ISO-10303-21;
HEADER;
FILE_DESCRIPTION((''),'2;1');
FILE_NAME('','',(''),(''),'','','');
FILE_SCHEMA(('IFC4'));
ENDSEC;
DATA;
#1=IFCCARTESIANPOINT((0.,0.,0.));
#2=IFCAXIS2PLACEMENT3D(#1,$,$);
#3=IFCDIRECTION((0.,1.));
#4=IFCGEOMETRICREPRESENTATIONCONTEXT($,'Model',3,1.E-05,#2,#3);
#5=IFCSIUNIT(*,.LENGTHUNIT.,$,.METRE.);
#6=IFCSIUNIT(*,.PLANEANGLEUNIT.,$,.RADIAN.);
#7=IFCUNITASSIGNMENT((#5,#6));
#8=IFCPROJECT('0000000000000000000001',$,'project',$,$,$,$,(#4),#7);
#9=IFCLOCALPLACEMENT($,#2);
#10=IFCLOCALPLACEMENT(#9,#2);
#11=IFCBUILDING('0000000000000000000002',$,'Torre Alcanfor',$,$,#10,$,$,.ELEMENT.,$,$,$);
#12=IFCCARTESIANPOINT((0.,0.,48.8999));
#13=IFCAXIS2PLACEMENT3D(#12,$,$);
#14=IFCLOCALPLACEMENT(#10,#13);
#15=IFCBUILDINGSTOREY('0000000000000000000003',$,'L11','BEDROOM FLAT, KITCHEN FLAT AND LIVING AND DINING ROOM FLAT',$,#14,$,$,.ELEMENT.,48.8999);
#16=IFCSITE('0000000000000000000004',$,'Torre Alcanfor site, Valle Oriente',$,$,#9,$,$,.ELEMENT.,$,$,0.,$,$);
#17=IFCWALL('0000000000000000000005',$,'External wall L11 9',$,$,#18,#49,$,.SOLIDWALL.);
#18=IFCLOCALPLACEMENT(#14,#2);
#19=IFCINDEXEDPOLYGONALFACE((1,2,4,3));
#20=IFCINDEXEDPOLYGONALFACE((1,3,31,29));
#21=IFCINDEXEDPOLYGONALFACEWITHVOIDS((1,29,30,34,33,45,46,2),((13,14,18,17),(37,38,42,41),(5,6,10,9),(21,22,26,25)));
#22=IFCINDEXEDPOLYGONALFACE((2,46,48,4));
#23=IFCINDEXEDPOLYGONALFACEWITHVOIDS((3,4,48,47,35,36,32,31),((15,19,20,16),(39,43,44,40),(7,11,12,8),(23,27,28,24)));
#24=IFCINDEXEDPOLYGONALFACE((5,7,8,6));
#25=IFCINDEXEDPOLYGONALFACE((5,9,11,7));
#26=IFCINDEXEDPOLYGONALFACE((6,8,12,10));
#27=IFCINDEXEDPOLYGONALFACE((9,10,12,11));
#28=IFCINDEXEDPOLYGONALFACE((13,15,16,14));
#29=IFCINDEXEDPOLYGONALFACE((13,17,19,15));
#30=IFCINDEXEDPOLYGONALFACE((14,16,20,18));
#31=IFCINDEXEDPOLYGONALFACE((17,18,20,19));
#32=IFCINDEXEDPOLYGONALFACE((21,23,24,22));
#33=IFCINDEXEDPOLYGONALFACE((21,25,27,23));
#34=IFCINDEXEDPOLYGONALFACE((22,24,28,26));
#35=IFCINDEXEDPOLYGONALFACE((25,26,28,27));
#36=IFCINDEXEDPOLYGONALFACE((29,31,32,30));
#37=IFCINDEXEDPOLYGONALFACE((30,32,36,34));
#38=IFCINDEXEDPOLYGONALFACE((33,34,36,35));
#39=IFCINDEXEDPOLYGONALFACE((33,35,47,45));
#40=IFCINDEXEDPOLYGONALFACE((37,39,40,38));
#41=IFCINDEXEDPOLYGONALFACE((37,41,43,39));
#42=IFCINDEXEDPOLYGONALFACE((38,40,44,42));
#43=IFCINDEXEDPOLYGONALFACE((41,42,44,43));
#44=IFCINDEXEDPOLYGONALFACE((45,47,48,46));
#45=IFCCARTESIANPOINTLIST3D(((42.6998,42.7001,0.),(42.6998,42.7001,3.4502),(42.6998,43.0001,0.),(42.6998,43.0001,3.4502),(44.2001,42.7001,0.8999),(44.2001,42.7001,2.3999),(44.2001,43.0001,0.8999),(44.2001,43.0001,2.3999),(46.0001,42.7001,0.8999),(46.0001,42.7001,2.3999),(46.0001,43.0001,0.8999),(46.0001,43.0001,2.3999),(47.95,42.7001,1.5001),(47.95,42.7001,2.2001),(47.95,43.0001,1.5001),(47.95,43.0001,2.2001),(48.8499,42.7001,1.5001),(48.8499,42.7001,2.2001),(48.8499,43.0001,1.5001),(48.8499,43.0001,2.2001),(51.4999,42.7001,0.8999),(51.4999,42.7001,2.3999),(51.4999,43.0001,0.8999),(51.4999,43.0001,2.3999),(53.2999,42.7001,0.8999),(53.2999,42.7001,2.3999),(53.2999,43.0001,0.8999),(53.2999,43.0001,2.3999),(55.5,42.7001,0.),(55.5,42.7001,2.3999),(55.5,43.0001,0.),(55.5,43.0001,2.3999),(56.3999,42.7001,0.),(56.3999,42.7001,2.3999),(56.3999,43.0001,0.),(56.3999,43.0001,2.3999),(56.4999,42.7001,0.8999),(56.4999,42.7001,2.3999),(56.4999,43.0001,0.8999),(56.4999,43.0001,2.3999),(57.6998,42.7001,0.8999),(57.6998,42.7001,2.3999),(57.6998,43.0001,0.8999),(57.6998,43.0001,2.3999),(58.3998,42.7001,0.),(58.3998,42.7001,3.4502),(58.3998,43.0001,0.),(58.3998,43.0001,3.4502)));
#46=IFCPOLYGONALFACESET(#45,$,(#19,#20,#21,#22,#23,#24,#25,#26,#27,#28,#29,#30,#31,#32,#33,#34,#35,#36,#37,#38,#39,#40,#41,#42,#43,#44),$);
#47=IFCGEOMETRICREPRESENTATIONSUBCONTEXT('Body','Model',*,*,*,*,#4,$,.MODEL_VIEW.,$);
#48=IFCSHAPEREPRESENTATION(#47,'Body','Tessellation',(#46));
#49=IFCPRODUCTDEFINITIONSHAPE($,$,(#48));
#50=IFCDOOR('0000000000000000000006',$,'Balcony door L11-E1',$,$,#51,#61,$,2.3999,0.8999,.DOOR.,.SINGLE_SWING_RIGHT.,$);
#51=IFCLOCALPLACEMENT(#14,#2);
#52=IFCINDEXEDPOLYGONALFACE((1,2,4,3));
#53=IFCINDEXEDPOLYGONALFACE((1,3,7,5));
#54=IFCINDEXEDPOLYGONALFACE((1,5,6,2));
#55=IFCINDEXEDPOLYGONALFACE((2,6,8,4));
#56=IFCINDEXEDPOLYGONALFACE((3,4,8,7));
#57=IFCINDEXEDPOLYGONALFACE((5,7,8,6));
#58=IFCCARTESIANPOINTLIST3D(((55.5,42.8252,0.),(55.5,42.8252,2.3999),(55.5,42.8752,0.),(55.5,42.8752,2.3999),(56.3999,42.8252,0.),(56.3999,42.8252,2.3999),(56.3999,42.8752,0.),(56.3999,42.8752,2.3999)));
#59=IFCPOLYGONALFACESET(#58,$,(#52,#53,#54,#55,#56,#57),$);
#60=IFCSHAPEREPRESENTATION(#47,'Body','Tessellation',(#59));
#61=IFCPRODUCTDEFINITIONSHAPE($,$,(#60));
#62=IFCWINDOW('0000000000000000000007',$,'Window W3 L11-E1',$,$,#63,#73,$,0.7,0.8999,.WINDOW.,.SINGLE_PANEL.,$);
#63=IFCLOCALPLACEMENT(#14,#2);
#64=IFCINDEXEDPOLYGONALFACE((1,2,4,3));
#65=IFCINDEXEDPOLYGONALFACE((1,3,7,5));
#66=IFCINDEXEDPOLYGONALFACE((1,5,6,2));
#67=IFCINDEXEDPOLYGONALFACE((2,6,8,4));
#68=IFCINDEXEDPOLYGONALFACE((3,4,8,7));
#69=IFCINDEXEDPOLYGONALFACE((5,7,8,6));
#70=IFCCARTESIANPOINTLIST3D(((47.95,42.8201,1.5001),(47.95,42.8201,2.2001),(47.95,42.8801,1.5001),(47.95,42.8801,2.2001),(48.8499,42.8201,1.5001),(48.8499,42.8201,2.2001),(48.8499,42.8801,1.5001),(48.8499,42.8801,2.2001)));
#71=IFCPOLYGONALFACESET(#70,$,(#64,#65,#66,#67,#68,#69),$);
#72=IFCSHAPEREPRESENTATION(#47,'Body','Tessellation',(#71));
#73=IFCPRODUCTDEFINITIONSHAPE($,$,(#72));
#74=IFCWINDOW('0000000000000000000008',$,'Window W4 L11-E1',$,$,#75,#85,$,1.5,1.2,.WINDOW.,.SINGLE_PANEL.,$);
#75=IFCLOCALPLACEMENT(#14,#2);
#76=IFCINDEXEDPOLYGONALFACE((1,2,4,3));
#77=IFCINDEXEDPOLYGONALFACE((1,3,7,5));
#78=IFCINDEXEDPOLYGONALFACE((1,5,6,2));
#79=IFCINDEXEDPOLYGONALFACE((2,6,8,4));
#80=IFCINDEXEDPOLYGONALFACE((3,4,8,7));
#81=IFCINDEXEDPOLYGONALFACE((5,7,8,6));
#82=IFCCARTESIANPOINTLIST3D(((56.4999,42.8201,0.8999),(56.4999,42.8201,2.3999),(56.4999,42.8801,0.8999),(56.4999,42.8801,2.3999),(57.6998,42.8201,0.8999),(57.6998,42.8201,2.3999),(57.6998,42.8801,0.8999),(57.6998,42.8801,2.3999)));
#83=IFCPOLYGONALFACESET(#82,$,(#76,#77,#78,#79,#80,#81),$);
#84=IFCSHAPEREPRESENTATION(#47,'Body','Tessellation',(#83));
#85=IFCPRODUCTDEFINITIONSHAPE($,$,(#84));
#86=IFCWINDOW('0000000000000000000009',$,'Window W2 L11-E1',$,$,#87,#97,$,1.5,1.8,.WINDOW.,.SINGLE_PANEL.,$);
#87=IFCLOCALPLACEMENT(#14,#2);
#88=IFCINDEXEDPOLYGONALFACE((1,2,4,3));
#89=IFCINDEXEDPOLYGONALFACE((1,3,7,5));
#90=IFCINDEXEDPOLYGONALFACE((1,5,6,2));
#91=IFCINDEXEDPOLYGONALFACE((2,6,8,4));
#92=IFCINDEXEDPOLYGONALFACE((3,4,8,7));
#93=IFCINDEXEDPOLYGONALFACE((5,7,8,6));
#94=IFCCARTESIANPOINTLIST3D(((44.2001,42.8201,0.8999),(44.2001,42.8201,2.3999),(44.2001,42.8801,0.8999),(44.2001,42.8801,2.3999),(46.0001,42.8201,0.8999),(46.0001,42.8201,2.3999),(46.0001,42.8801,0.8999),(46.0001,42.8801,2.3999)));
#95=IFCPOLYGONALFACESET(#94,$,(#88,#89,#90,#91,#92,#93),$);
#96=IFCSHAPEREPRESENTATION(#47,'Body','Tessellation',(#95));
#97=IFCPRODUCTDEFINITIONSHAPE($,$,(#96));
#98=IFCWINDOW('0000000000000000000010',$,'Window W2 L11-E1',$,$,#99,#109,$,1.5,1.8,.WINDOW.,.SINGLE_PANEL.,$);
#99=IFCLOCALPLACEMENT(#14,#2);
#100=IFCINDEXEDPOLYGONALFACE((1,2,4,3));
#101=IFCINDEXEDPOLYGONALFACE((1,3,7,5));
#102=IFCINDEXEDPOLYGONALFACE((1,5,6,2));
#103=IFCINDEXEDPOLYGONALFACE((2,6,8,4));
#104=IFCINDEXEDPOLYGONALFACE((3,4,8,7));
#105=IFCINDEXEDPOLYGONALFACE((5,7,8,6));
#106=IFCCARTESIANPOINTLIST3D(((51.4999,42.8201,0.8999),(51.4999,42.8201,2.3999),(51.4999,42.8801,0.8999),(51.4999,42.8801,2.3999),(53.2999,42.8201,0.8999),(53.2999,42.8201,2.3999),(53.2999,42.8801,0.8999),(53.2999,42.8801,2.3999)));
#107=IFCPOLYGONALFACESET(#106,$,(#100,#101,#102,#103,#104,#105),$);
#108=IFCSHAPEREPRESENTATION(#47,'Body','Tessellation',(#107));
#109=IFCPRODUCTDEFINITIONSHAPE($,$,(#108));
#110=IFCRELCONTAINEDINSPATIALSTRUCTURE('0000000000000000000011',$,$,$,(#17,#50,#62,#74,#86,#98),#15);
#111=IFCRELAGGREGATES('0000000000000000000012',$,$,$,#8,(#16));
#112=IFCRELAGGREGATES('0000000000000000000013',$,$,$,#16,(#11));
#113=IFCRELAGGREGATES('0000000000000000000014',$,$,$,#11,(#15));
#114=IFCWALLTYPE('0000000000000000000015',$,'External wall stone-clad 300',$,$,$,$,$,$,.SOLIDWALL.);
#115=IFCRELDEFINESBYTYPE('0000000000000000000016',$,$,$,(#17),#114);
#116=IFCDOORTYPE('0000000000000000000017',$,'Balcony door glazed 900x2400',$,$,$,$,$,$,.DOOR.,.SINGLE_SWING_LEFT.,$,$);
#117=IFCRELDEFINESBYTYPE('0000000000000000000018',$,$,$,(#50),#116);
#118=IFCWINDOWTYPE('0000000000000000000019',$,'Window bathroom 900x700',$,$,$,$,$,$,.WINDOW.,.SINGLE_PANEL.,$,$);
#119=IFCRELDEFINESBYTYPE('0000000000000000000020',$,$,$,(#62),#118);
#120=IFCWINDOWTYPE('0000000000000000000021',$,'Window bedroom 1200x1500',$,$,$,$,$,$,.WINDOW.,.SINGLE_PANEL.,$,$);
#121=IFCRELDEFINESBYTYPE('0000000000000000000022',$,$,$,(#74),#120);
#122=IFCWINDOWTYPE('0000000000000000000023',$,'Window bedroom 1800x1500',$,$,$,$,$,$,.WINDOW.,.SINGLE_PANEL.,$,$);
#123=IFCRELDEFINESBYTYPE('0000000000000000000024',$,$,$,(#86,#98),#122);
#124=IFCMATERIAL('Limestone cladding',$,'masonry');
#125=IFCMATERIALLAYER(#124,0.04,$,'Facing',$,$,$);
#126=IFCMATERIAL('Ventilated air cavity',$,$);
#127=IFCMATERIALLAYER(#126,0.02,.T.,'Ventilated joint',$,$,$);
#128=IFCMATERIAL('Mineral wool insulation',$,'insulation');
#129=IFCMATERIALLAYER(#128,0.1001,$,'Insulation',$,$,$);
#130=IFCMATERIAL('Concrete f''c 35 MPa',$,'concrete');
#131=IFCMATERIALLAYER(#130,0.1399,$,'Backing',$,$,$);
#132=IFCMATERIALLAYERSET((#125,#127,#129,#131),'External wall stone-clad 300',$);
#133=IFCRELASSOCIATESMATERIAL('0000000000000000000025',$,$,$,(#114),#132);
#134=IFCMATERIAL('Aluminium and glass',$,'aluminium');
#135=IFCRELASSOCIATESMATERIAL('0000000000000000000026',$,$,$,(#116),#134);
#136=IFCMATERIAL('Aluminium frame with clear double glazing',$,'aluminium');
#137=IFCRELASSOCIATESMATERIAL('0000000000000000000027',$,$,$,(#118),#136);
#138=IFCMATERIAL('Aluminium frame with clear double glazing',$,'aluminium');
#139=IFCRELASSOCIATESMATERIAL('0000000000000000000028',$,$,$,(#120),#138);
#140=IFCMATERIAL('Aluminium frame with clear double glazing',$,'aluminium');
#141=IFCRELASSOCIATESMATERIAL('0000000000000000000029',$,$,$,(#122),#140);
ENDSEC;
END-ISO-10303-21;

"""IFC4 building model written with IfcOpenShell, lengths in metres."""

from ifc_helpers import new_model, si_unit, direction, frame, frame_2d, origin, place, context, subcontext, project, spatial, rectangle, extrude, material, layer, layer_set, type_object, element, fill, save


model = new_model("IFC4")

# Units and contexts
model_context = context("Model", 3, precision=1e-05, world=origin(), true_north=direction((0.0, 1.0)))
body_context = subcontext(model_context, "Body", "Model", "MODEL_VIEW")
ifc_project = project(units=[si_unit("LENGTHUNIT", "METRE"), si_unit("PLANEANGLEUNIT", "RADIAN")], contexts=[model_context])

# Site, building, storey
site_placement = place(None, origin())
site = spatial("IfcSite", under=ifc_project, at=site_placement, Name="Torre Alcanfor site, Valle Oriente", CompositionType="ELEMENT", RefElevation=0.0)
building_placement = place(site_placement, origin())
building = spatial("IfcBuilding", under=site, at=building_placement, Name="Torre Alcanfor", CompositionType="ELEMENT")
storey_placement = place(building_placement, frame((0.0, 0.0, 48.8999)))
storey = spatial("IfcBuildingStorey", under=building, at=storey_placement, Name="L11", Description="BEDROOM FLAT, KITCHEN FLAT AND LIVING AND DINING ROOM FLAT", CompositionType="ELEMENT", Elevation=48.8999)

# Wall, openings, door, windows
ifc_material_1 = material(Name="Limestone cladding", Category="masonry")
ifc_layer_1 = layer(ifc_material_1, 0.04, Name="Facing")
ifc_material_2 = material(Name="Ventilated air cavity")
ifc_layer_2 = layer(ifc_material_2, 0.02, ventilated=True, Name="Ventilated joint")
ifc_material_3 = material(Name="Mineral wool insulation", Category="insulation")
ifc_layer_3 = layer(ifc_material_3, 0.1001, Name="Insulation")
ifc_material_4 = material(Name="Concrete f'c 35 MPa", Category="concrete")
ifc_layer_4 = layer(ifc_material_4, 0.1399, Name="Backing")
ifc_layer_set_1 = layer_set([ifc_layer_1, ifc_layer_2, ifc_layer_3, ifc_layer_4], Name="External wall stone-clad 300")
wall_type_1 = type_object("IfcWallType", Name="External wall stone-clad 300", PredefinedType="SOLIDWALL", material=ifc_layer_set_1)
wall_1_placement = place(storey_placement, frame((58.3999, 42.8501, 0.0), z_axis=(0.0, 0.0, 1.0), x_axis=(-1.0, 0.0, 0.0)))
wall_1 = element("IfcWall", 1, at=wall_1_placement, inside=storey, type_object=wall_type_1, Name="External wall L11 9", PredefinedType="SOLIDWALL", context=body_context, shape_type="SweptSolid", body=[
    extrude(rectangle(XDim=15.7, YDim=0.3, at=frame_2d((7.8501, 0.0))), origin(), (0.0, 0.0, 1.0), 3.4502),
])
opening_1_placement = place(wall_1_placement, frame((12.3999, 0.0, 0.8999)))
opening_1 = element("IfcOpeningElement", 2, at=opening_1_placement, cuts=wall_1, PredefinedType="OPENING", context=body_context, shape_type="SweptSolid", body=[
    extrude(rectangle(XDim=1.8, YDim=1.5, at=frame_2d((0.8999, 0.75))), frame((0.0, 0.1599, 0.0), z_axis=(0.0, -1.0, 0.0), x_axis=(1.0, 0.0, 0.0)), (0.0, 0.0, 1.0), 0.3201),
])
opening_2_placement = place(wall_1_placement, frame((9.55, 0.0, 1.5)))
opening_2 = element("IfcOpeningElement", 3, at=opening_2_placement, cuts=wall_1, PredefinedType="OPENING", context=body_context, shape_type="SweptSolid", body=[
    extrude(rectangle(XDim=0.8999, YDim=0.7, at=frame_2d((0.45, 0.3501))), frame((0.0, 0.1599, 0.0), z_axis=(0.0, -1.0, 0.0), x_axis=(1.0, 0.0, 0.0)), (0.0, 0.0, 1.0), 0.3201),
])
opening_3_placement = place(wall_1_placement, frame((5.1001, 0.0, 0.8999)))
opening_3 = element("IfcOpeningElement", 4, at=opening_3_placement, cuts=wall_1, PredefinedType="OPENING", context=body_context, shape_type="SweptSolid", body=[
    extrude(rectangle(XDim=1.8, YDim=1.5, at=frame_2d((0.8999, 0.75))), frame((0.0, 0.1599, 0.0), z_axis=(0.0, -1.0, 0.0), x_axis=(1.0, 0.0, 0.0)), (0.0, 0.0, 1.0), 0.3201),
])
opening_4_placement = place(wall_1_placement, frame((2.0, 0.0, 0.0)))
opening_4 = element("IfcOpeningElement", 5, at=opening_4_placement, cuts=wall_1, PredefinedType="OPENING", context=body_context, shape_type="SweptSolid", body=[
    extrude(rectangle(XDim=0.8999, YDim=2.3999, at=frame_2d((0.45, 1.2))), frame((0.0, 0.1599, 0.0), z_axis=(0.0, -1.0, 0.0), x_axis=(1.0, 0.0, 0.0)), (0.0, 0.0, 1.0), 0.3201),
])
opening_5_placement = place(wall_1_placement, frame((0.7, 0.0, 0.8999)))
opening_5 = element("IfcOpeningElement", 6, at=opening_5_placement, cuts=wall_1, PredefinedType="OPENING", context=body_context, shape_type="SweptSolid", body=[
    extrude(rectangle(XDim=1.2, YDim=1.5, at=frame_2d((0.6001, 0.75))), frame((0.0, 0.1599, 0.0), z_axis=(0.0, -1.0, 0.0), x_axis=(1.0, 0.0, 0.0)), (0.0, 0.0, 1.0), 0.3201),
])
ifc_material_5 = material(Name="Aluminium and glass", Category="aluminium")
door_type = type_object("IfcDoorType", Name="Balcony door glazed 900x2400", OperationType="SINGLE_SWING_LEFT", PredefinedType="DOOR", material=ifc_material_5)
door_1_placement = place(opening_4_placement, origin())
door_1 = element("IfcDoor", 7, at=door_1_placement, inside=storey, type_object=door_type, Name="Balcony door L11-E1", OperationType="SINGLE_SWING_RIGHT", OverallHeight=2.3999, OverallWidth=0.8999, PredefinedType="DOOR", context=body_context, shape_type="SweptSolid", body=[
    extrude(rectangle(XDim=0.8999, YDim=2.3999, at=frame_2d((0.45, 1.2))), frame((0.0, 0.0249, 0.0), z_axis=(0.0, -1.0, 0.0), x_axis=(1.0, 0.0, 0.0)), (0.0, 0.0, 1.0), 0.05),
])
fill(opening_4, door_1)
ifc_material_6 = material(Name="Aluminium frame with clear double glazing", Category="aluminium")
window_type_1 = type_object("IfcWindowType", Name="Window bathroom 900x700", PartitioningType="SINGLE_PANEL", PredefinedType="WINDOW", material=ifc_material_6)
window_1_placement = place(opening_2_placement, origin())
window_1 = element("IfcWindow", 8, at=window_1_placement, inside=storey, type_object=window_type_1, Name="Window W3 L11-E1", OverallHeight=0.7, OverallWidth=0.8999, PartitioningType="SINGLE_PANEL", PredefinedType="WINDOW", context=body_context, shape_type="SweptSolid", body=[
    extrude(rectangle(XDim=0.8999, YDim=0.7, at=frame_2d((0.45, 0.3501))), frame((0.0, 0.03, 0.0), z_axis=(0.0, -1.0, 0.0), x_axis=(1.0, 0.0, 0.0)), (0.0, 0.0, 1.0), 0.0601),
])
fill(opening_2, window_1)
ifc_material_7 = material(Name="Aluminium frame with clear double glazing", Category="aluminium")
window_type_2 = type_object("IfcWindowType", Name="Window bedroom 1200x1500", PartitioningType="SINGLE_PANEL", PredefinedType="WINDOW", material=ifc_material_7)
window_2_placement = place(opening_5_placement, origin())
window_2 = element("IfcWindow", 9, at=window_2_placement, inside=storey, type_object=window_type_2, Name="Window W4 L11-E1", OverallHeight=1.5, OverallWidth=1.2, PartitioningType="SINGLE_PANEL", PredefinedType="WINDOW", context=body_context, shape_type="SweptSolid", body=[
    extrude(rectangle(XDim=1.2, YDim=1.5, at=frame_2d((0.6001, 0.75))), frame((0.0, 0.03, 0.0), z_axis=(0.0, -1.0, 0.0), x_axis=(1.0, 0.0, 0.0)), (0.0, 0.0, 1.0), 0.0601),
])
fill(opening_5, window_2)
ifc_material_8 = material(Name="Aluminium frame with clear double glazing", Category="aluminium")
window_type_3 = type_object("IfcWindowType", Name="Window bedroom 1800x1500", PartitioningType="SINGLE_PANEL", PredefinedType="WINDOW", material=ifc_material_8)
window_3_placement = place(opening_1_placement, origin())
window_3 = element("IfcWindow", 10, at=window_3_placement, inside=storey, type_object=window_type_3, Name="Window W2 L11-E1", OverallHeight=1.5, OverallWidth=1.8, PartitioningType="SINGLE_PANEL", PredefinedType="WINDOW", context=body_context, shape_type="SweptSolid", body=[
    extrude(rectangle(XDim=1.8, YDim=1.5, at=frame_2d((0.8999, 0.75))), frame((0.0, 0.03, 0.0), z_axis=(0.0, -1.0, 0.0), x_axis=(1.0, 0.0, 0.0)), (0.0, 0.0, 1.0), 0.0601),
])
fill(opening_1, window_3)
window_4_placement = place(opening_3_placement, origin())
window_4 = element("IfcWindow", 11, at=window_4_placement, inside=storey, type_object=window_type_3, Name="Window W2 L11-E1", OverallHeight=1.5, OverallWidth=1.8, PartitioningType="SINGLE_PANEL", PredefinedType="WINDOW", context=body_context, shape_type="SweptSolid", body=[
    extrude(rectangle(XDim=1.8, YDim=1.5, at=frame_2d((0.8999, 0.75))), frame((0.0, 0.03, 0.0), z_axis=(0.0, -1.0, 0.0), x_axis=(1.0, 0.0, 0.0)), (0.0, 0.0, 1.0), 0.0601),
])
fill(opening_3, window_4)

save(model, "model.ifc")
